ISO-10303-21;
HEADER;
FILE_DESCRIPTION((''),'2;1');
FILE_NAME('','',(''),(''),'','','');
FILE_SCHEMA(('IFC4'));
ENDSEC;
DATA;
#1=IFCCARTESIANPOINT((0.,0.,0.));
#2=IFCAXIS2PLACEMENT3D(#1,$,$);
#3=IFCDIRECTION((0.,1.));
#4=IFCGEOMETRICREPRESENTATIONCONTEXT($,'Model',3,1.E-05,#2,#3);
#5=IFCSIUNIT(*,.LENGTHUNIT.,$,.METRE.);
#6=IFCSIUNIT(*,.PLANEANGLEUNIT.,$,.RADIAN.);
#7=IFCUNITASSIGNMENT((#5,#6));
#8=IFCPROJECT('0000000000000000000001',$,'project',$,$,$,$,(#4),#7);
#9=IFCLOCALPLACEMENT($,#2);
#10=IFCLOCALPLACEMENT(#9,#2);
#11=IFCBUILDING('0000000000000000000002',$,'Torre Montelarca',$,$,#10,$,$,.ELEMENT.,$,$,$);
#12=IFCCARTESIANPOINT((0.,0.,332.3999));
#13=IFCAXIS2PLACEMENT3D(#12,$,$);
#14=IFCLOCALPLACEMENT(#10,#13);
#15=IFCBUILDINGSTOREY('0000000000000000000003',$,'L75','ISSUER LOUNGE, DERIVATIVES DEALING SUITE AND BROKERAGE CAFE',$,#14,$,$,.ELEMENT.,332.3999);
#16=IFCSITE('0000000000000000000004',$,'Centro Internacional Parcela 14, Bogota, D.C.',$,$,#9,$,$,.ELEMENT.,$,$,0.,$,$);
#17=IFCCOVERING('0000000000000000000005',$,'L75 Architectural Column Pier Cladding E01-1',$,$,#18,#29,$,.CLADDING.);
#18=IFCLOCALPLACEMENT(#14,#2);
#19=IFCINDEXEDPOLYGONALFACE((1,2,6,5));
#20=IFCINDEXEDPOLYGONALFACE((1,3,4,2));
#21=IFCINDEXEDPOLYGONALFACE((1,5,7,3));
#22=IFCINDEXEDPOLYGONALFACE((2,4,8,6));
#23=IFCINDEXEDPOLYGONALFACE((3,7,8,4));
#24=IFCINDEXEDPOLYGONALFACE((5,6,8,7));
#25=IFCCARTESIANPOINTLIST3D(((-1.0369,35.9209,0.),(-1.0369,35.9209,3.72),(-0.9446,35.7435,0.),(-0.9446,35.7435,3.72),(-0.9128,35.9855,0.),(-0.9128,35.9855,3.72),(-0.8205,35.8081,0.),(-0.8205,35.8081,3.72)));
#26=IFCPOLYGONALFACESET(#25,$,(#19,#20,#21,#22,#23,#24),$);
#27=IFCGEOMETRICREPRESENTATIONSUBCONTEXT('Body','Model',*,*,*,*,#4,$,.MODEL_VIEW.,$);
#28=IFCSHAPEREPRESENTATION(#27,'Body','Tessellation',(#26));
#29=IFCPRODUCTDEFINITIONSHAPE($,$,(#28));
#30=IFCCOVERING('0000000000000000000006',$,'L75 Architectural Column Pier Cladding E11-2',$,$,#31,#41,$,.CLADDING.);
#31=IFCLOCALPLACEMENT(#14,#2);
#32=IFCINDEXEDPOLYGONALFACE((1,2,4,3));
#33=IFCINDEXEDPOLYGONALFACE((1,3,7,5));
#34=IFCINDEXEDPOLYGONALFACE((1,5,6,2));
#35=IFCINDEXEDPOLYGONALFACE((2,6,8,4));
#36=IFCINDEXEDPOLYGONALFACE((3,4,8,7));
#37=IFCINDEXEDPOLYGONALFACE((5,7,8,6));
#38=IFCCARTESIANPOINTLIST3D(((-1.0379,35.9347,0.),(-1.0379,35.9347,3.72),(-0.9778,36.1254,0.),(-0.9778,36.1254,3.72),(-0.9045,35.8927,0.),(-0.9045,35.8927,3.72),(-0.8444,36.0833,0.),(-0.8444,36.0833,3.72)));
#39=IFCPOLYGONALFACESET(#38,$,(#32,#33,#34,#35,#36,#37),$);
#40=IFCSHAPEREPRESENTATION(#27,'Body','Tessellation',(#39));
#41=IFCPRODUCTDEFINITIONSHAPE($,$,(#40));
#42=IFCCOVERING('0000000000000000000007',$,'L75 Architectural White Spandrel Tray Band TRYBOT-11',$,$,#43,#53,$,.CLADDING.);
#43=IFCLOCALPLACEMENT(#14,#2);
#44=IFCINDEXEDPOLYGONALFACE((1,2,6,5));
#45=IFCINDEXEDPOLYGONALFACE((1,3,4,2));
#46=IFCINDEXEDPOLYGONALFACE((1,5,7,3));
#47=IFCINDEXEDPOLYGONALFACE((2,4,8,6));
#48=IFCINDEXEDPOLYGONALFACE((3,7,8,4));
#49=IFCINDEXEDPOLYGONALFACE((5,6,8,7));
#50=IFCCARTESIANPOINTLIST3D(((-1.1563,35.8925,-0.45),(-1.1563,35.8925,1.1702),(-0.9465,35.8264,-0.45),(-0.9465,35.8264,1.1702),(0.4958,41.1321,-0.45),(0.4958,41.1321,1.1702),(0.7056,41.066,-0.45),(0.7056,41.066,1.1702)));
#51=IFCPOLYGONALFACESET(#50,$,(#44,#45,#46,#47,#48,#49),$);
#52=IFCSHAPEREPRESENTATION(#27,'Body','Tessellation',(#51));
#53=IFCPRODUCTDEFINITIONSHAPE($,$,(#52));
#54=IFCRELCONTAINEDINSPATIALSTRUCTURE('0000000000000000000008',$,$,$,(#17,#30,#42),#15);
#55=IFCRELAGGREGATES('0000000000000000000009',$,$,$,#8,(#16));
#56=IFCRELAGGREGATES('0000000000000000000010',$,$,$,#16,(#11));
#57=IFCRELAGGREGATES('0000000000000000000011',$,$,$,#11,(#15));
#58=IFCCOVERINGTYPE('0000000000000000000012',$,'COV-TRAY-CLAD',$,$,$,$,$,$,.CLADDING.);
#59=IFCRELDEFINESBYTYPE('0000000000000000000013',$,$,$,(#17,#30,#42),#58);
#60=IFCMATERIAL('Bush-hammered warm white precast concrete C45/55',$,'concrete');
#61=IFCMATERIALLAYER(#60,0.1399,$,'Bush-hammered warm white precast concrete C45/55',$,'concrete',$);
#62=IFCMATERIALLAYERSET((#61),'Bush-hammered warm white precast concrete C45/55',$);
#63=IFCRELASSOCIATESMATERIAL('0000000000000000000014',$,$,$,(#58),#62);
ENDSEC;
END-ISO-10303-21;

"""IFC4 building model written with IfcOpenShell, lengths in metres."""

from ifc_helpers import new_model, si_unit, direction, frame, origin, origin_2d, place, context, subcontext, project, spatial, rectangle, extrude, source, transform, mapped, material, layer, layer_set, type_object, element, save


model = new_model("IFC4")

# Units and contexts
model_context = context("Model", 3, precision=1e-05, world=origin(), true_north=direction((0.0, 1.0)))
body_context = subcontext(model_context, "Body", "Model", "MODEL_VIEW")
ifc_project = project(units=[si_unit("LENGTHUNIT", "METRE"), si_unit("PLANEANGLEUNIT", "RADIAN")], contexts=[model_context])

# Site, building, storey
site_placement = place(None, origin())
site = spatial("IfcSite", under=ifc_project, at=site_placement, Name="Centro Internacional Parcela 14, Bogota, D.C.", CompositionType="ELEMENT", RefElevation=0.0)
building_placement = place(site_placement, origin())
building = spatial("IfcBuilding", under=site, at=building_placement, Name="Torre Montelarca", CompositionType="ELEMENT")
storey_placement = place(building_placement, frame((0.0, 0.0, 332.3999)))
storey = spatial("IfcBuildingStorey", under=building, at=storey_placement, Name="L75", Description="ISSUER LOUNGE, DERIVATIVES DEALING SUITE AND BROKERAGE CAFE", CompositionType="ELEMENT", Elevation=332.3999)

# Coverings
ifc_material_1 = material(Name="Bush-hammered warm white precast concrete C45/55", Category="concrete")
ifc_layer_1 = layer(ifc_material_1, 0.1399, Name="Bush-hammered warm white precast concrete C45/55", Category="concrete")
ifc_layer_set_1 = layer_set([ifc_layer_1], Name="Bush-hammered warm white precast concrete C45/55")
covering_type = type_object("IfcCoveringType", Name="COV-TRAY-CLAD", PredefinedType="CLADDING", material=ifc_layer_set_1)
shared_shape_1 = source(origin(), body_context, "Body", "SweptSolid", [
    extrude(rectangle(XDim=0.2, YDim=0.1399, at=origin_2d()), origin(), (0.0, 0.0, 1.0), 3.72),
])
for number, where, z_axis, x_axis, name in (
    (1, (-0.9287, 35.8645, 0.0), (0.0, 0.0, 1.0), (0.461749, -0.887011, 0.0), "L75 Architectural Column Pier Cladding E01-1"),
    (2, (-0.9412, 36.009, 0.0), (0.0, 0.0, 1.0), (-0.300701, -0.953719, 0.0), "L75 Architectural Column Pier Cladding E11-2"),
):
    element("IfcCovering", number, at=place(storey_placement, frame(where, z_axis=z_axis, x_axis=x_axis)), inside=storey, type_object=covering_type, Name=name, PredefinedType="CLADDING", context=body_context, shape_type="MappedRepresentation", body=[
        mapped(shared_shape_1, transform((0.0, 0.0, 0.0), scale=1.0)),
    ])
shared_shape_2 = source(origin(), body_context, "Body", "SweptSolid", [
    extrude(rectangle(XDim=5.4939, YDim=0.22, at=origin_2d()), origin(), (0.0, 0.0, 1.0), 1.6201),
])
covering_placement = place(storey_placement, frame((-0.2253, 38.4792, -0.45), z_axis=(0.0, 0.0, 1.0), x_axis=(-0.300706, -0.953717, 0.0)))
element("IfcCovering", 3, at=covering_placement, inside=storey, type_object=covering_type, Name="L75 Architectural White Spandrel Tray Band TRYBOT-11", PredefinedType="CLADDING", context=body_context, shape_type="MappedRepresentation", body=[
    mapped(shared_shape_2, transform((0.0, 0.0, 0.0), scale=1.0)),
])

save(model, "model.ifc")
